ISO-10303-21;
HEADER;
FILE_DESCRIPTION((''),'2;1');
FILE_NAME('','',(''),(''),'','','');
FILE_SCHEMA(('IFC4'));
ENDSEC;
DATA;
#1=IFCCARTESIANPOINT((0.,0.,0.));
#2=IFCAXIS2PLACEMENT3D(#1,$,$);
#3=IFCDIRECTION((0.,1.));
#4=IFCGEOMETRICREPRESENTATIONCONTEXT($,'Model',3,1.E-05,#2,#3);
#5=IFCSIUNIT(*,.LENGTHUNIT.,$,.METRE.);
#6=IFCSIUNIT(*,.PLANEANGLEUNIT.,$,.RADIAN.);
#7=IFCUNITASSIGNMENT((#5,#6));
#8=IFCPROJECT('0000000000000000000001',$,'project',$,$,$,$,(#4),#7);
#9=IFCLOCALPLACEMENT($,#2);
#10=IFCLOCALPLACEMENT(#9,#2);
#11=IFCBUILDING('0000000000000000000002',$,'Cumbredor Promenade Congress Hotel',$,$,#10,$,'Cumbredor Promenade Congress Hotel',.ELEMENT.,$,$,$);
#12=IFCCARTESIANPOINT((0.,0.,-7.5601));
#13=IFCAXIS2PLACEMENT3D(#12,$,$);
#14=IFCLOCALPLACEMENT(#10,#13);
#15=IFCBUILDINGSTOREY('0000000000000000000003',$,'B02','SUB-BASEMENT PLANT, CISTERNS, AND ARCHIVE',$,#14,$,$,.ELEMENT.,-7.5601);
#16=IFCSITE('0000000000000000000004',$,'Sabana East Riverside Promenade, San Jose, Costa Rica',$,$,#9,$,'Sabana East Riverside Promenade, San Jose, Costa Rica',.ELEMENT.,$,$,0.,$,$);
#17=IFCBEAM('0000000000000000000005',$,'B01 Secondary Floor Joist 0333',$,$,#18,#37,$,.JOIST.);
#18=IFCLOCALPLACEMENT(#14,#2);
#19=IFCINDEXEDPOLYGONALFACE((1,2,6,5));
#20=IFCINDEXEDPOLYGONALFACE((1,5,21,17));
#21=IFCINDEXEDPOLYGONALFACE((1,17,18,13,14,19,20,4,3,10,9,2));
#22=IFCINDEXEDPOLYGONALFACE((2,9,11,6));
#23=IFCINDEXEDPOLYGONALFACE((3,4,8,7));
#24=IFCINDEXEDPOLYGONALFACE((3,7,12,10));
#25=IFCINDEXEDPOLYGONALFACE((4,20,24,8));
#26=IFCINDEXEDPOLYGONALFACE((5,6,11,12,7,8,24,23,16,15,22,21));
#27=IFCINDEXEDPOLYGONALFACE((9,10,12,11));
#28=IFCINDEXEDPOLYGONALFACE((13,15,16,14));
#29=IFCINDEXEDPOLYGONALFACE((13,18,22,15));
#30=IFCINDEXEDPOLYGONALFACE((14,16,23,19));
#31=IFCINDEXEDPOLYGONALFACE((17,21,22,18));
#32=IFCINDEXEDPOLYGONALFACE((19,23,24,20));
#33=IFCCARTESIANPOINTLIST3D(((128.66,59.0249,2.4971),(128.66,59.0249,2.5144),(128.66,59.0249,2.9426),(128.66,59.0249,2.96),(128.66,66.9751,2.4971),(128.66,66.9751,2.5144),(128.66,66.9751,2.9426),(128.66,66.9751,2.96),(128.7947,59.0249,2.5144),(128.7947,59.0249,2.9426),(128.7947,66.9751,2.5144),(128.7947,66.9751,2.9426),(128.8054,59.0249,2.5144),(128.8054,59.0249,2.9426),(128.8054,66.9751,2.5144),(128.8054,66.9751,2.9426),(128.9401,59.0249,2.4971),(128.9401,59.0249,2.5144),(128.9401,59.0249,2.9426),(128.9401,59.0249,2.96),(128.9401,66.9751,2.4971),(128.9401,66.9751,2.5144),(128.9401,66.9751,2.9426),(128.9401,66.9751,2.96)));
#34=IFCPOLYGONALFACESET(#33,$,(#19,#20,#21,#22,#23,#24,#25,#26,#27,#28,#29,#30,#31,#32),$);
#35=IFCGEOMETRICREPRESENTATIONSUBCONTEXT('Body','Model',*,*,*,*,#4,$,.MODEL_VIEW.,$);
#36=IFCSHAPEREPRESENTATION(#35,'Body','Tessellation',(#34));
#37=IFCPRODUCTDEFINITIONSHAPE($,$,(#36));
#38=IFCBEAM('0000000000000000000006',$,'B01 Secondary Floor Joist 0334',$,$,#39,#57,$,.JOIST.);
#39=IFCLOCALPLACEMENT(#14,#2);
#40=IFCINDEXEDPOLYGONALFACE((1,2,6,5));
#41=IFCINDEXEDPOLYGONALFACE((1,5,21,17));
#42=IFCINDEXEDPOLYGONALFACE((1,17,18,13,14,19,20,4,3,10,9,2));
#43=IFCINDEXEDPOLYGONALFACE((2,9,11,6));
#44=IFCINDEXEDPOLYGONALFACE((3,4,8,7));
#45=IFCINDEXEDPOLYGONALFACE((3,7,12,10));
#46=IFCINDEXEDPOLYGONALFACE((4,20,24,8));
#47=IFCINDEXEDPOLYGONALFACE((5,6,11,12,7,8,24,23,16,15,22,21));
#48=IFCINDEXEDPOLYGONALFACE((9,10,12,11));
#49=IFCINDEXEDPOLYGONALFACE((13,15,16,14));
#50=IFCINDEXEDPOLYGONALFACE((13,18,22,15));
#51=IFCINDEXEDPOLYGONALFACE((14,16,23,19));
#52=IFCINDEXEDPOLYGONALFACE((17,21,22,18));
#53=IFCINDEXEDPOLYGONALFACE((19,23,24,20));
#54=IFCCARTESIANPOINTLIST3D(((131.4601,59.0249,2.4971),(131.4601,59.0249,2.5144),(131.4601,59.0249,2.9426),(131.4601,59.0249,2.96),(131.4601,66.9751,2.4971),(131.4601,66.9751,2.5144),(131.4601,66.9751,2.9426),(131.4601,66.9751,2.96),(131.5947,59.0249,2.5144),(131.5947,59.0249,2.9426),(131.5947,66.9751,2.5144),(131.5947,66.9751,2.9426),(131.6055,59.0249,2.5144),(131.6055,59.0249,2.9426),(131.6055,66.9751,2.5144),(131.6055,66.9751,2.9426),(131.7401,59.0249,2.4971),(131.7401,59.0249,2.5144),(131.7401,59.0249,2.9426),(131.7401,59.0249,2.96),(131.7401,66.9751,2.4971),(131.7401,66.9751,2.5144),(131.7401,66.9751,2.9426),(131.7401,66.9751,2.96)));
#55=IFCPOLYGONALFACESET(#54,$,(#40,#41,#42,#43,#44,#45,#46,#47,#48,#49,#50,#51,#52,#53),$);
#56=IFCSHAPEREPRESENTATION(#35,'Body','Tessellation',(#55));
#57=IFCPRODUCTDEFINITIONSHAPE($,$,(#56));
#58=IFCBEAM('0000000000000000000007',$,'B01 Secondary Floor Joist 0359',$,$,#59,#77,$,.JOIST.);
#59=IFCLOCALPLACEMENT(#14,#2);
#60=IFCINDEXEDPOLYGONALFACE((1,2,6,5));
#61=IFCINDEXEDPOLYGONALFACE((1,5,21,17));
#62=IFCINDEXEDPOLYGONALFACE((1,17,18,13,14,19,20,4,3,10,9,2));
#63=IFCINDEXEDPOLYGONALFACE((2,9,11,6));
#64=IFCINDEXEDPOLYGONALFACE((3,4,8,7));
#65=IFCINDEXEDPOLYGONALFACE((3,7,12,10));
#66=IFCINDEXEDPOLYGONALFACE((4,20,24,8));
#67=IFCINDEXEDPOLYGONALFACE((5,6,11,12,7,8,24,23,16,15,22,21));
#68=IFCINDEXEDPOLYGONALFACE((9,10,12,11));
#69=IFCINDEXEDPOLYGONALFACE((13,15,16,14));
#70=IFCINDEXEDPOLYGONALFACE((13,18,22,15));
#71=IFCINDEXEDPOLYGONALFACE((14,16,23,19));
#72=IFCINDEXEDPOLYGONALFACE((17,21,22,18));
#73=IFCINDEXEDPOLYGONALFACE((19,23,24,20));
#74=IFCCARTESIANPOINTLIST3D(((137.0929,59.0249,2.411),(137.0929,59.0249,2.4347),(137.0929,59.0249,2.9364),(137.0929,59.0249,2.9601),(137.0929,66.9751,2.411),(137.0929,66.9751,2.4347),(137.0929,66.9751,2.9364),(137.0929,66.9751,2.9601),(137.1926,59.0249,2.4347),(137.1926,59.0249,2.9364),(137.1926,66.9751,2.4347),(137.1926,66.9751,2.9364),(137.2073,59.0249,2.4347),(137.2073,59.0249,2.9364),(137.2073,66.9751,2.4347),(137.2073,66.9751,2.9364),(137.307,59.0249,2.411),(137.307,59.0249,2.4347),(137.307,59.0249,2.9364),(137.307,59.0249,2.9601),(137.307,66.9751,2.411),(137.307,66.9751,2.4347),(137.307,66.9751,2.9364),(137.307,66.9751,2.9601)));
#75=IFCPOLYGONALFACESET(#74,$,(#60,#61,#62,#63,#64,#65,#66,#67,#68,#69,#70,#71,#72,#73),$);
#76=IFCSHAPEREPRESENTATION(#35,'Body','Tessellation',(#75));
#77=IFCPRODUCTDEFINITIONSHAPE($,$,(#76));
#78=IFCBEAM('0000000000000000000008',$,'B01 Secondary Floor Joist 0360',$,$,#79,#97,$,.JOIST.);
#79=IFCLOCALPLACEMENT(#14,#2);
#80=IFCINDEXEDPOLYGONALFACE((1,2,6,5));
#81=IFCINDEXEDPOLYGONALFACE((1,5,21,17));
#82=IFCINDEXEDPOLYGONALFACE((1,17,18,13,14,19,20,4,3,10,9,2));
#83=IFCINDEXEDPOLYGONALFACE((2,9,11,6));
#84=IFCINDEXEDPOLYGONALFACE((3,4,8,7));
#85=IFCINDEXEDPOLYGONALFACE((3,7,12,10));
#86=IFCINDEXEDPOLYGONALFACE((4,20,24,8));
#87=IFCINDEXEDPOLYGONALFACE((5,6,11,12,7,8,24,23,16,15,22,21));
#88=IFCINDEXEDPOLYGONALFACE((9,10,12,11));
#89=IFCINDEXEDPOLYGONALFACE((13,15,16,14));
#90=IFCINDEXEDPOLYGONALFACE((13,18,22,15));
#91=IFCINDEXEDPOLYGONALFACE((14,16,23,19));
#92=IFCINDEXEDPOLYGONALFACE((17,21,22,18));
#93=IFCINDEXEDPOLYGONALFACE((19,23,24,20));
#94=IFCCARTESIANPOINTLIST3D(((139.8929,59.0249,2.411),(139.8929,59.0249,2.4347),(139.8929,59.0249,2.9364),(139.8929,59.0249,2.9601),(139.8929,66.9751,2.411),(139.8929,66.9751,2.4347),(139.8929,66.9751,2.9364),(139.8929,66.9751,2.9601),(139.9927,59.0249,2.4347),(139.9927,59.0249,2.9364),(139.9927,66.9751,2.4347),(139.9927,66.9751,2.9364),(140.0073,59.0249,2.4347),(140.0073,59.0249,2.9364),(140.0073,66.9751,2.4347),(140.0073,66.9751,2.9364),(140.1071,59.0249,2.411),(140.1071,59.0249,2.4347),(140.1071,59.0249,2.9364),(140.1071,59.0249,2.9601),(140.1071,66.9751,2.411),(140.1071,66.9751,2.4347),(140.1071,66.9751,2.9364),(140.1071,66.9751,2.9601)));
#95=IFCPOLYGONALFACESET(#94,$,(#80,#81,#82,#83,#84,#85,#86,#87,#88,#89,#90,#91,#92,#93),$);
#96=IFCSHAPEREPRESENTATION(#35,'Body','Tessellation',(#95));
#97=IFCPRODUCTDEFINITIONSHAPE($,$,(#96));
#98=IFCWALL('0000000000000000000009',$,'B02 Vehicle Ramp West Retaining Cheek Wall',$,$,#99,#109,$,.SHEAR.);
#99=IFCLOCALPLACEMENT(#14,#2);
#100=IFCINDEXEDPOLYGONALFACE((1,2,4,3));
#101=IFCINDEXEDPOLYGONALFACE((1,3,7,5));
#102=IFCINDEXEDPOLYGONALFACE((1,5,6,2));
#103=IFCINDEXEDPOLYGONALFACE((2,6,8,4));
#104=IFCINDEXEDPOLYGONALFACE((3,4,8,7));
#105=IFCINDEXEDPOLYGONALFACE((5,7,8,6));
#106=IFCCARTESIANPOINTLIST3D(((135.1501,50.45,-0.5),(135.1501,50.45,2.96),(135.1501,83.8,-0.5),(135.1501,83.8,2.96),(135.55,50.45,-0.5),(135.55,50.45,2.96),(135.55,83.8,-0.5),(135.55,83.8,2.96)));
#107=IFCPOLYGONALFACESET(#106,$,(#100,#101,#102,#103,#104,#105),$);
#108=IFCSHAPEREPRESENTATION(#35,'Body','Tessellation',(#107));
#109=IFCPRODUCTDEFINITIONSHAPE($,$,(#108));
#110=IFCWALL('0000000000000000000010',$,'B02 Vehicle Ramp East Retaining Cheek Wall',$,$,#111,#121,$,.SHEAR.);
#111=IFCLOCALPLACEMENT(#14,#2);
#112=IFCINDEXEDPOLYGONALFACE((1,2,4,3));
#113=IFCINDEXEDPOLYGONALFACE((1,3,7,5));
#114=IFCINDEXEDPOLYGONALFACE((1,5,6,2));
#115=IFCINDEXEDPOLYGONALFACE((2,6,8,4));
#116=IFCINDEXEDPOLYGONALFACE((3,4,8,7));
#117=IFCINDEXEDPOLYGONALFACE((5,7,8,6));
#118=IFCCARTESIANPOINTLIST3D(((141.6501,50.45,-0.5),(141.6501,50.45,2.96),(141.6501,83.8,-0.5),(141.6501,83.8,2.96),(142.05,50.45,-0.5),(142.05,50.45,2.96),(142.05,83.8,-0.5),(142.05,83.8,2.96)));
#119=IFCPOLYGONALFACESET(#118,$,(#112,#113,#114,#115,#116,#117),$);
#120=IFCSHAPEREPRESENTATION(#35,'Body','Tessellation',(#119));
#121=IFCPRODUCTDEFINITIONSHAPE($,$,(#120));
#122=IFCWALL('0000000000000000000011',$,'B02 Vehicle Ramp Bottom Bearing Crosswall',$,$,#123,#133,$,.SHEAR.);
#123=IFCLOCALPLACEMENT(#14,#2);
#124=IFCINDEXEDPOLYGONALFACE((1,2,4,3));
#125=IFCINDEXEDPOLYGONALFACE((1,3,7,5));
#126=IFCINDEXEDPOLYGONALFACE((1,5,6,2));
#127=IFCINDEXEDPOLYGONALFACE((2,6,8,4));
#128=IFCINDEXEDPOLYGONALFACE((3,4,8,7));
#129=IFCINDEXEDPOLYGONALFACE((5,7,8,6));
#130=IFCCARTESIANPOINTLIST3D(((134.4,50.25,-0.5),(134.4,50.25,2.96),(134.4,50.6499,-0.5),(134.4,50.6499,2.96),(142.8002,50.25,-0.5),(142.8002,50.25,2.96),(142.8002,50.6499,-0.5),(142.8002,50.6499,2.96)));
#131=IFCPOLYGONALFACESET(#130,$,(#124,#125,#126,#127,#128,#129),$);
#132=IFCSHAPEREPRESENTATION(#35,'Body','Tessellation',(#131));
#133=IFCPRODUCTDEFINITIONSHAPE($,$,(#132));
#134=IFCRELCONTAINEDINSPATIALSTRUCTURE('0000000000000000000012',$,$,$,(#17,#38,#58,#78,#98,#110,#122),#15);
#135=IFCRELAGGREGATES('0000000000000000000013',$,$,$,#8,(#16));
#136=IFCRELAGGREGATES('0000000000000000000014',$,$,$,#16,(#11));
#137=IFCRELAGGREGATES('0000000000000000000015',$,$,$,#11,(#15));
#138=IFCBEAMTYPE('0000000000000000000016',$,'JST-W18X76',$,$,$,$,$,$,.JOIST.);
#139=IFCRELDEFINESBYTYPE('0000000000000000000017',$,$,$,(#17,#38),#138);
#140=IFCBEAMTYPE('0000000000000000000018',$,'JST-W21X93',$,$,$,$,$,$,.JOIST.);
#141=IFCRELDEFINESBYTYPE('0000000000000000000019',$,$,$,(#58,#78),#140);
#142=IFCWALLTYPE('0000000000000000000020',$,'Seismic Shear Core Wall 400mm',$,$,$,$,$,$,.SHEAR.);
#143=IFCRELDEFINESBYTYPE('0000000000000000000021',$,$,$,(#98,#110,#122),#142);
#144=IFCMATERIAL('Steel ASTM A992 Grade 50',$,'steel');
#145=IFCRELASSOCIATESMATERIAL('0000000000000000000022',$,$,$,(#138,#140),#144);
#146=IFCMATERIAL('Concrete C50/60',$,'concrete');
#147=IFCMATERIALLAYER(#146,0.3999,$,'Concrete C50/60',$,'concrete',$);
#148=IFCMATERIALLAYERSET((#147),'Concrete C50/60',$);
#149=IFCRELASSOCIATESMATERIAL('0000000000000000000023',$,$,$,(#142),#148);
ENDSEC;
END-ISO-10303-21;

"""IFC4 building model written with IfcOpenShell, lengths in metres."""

from ifc_helpers import new_model, si_unit, direction, frame, frame_2d, origin, origin_2d, place, context, subcontext, project, spatial, rectangle, i_section, extrude, material, layer, layer_set, material_profile, profile_set, type_object, element, save


model = new_model("IFC4")

# Units and contexts
model_context = context("Model", 3, precision=1e-05, world=origin(), true_north=direction((0.0, 1.0)))
body_context = subcontext(model_context, "Body", "Model", "MODEL_VIEW")
ifc_project = project(units=[si_unit("LENGTHUNIT", "METRE"), si_unit("PLANEANGLEUNIT", "RADIAN")], contexts=[model_context])

# Site, building, storey
site_placement = place(None, origin())
site = spatial("IfcSite", under=ifc_project, at=site_placement, Name="Sabana East Riverside Promenade, San Jose, Costa Rica", LongName="Sabana East Riverside Promenade, San Jose, Costa Rica", CompositionType="ELEMENT", RefElevation=0.0)
building_placement = place(site_placement, origin())
building = spatial("IfcBuilding", under=site, at=building_placement, Name="Cumbredor Promenade Congress Hotel", LongName="Cumbredor Promenade Congress Hotel", CompositionType="ELEMENT")
storey_placement = place(building_placement, frame((0.0, 0.0, -7.5601)))
storey = spatial("IfcBuildingStorey", under=building, at=storey_placement, Name="B02", Description="SUB-BASEMENT PLANT, CISTERNS, AND ARCHIVE", CompositionType="ELEMENT", Elevation=-7.5601)

# Shared definitions
ifc_material_1 = material(Name="Concrete C50/60", Category="concrete")

# Beams
ifc_material_2 = material(Name="Steel ASTM A992 Grade 50", Category="steel")
ifc_material_profile_1 = material_profile(ifc_material_2, i_section(OverallWidth=0.28, OverallDepth=0.4629, WebThickness=0.0107, FlangeThickness=0.0173, at=origin_2d()), Name="W18X76")
ifc_profile_set_1 = profile_set([ifc_material_profile_1], Name="Steel ASTM A992 Grade 50")
beam_type_1 = type_object("IfcBeamType", Name="JST-W18X76", PredefinedType="JOIST", material=ifc_profile_set_1)
for number, where, z_axis, x_axis, name in (
    (1, (128.8, 59.0249, 2.7285), (0.0, 1.0, 0.0), (-1.0, 0.0, 0.0), "B01 Secondary Floor Joist 0333"),
    (2, (131.6001, 59.0249, 2.7285), (0.0, 1.0, 0.0), (-1.0, 0.0, 0.0), "B01 Secondary Floor Joist 0334"),
):
    element("IfcBeam", number, at=place(storey_placement, frame(where, z_axis=z_axis, x_axis=x_axis)), inside=storey, type_object=beam_type_1, Name=name, PredefinedType="JOIST", context=body_context, shape_type="SweptSolid", body=[
        extrude(i_section(OverallWidth=0.28, OverallDepth=0.4629, WebThickness=0.0107, FlangeThickness=0.0173, at=origin_2d()), origin(), (0.0, 0.0, 1.0), 7.9502),
    ])
ifc_material_profile_2 = material_profile(ifc_material_2, i_section(OverallWidth=0.2141, OverallDepth=0.5491, WebThickness=0.0146, FlangeThickness=0.0237, at=origin_2d()), Name="W21X93")
ifc_profile_set_2 = profile_set([ifc_material_profile_2], Name="Steel ASTM A992 Grade 50")
beam_type_2 = type_object("IfcBeamType", Name="JST-W21X93", PredefinedType="JOIST", material=ifc_profile_set_2)
for number, where, z_axis, x_axis, name in (
    (3, (137.2, 59.0249, 2.6855), (0.0, 1.0, 0.0), (-1.0, 0.0, 0.0), "B01 Secondary Floor Joist 0359"),
    (4, (140.0, 59.0249, 2.6855), (0.0, 1.0, 0.0), (-1.0, 0.0, 0.0), "B01 Secondary Floor Joist 0360"),
):
    element("IfcBeam", number, at=place(storey_placement, frame(where, z_axis=z_axis, x_axis=x_axis)), inside=storey, type_object=beam_type_2, Name=name, PredefinedType="JOIST", context=body_context, shape_type="SweptSolid", body=[
        extrude(i_section(OverallWidth=0.2141, OverallDepth=0.5491, WebThickness=0.0146, FlangeThickness=0.0237, at=origin_2d()), origin(), (0.0, 0.0, 1.0), 7.9502),
    ])

# Walls
ifc_layer = layer(ifc_material_1, 0.3999, Name="Concrete C50/60", Category="concrete")
ifc_layer_set = layer_set([ifc_layer], Name="Concrete C50/60")
wall_type = type_object("IfcWallType", Name="Seismic Shear Core Wall 400mm", PredefinedType="SHEAR", material=ifc_layer_set)
for number, where, z_axis, x_axis, name in (
    (5, (135.3501, 50.45, -0.5), (0.0, 0.0, 1.0), (0.0, 1.0, 0.0), "B02 Vehicle Ramp West Retaining Cheek Wall"),
    (6, (141.8501, 50.45, -0.5), (0.0, 0.0, 1.0), (0.0, 1.0, 0.0), "B02 Vehicle Ramp East Retaining Cheek Wall"),
):
    element("IfcWall", number, at=place(storey_placement, frame(where, z_axis=z_axis, x_axis=x_axis)), inside=storey, type_object=wall_type, Name=name, PredefinedType="SHEAR", context=body_context, shape_type="SweptSolid", body=[
        extrude(rectangle(XDim=33.3501, YDim=0.3999, at=frame_2d((16.675, 0.0))), origin(), (0.0, 0.0, 1.0), 3.46),
    ])
wall_placement = place(storey_placement, frame((134.3999, 50.45, -0.5), z_axis=(0.0, 0.0, 1.0), x_axis=(1.0, 0.0, 0.0)))
element("IfcWall", 7, at=wall_placement, inside=storey, type_object=wall_type, Name="B02 Vehicle Ramp Bottom Bearing Crosswall", PredefinedType="SHEAR", context=body_context, shape_type="SweptSolid", body=[
    extrude(rectangle(XDim=8.4001, YDim=0.3999, at=frame_2d((4.2002, 0.0))), origin(), (0.0, 0.0, 1.0), 3.46),
])

save(model, "model.ifc")
